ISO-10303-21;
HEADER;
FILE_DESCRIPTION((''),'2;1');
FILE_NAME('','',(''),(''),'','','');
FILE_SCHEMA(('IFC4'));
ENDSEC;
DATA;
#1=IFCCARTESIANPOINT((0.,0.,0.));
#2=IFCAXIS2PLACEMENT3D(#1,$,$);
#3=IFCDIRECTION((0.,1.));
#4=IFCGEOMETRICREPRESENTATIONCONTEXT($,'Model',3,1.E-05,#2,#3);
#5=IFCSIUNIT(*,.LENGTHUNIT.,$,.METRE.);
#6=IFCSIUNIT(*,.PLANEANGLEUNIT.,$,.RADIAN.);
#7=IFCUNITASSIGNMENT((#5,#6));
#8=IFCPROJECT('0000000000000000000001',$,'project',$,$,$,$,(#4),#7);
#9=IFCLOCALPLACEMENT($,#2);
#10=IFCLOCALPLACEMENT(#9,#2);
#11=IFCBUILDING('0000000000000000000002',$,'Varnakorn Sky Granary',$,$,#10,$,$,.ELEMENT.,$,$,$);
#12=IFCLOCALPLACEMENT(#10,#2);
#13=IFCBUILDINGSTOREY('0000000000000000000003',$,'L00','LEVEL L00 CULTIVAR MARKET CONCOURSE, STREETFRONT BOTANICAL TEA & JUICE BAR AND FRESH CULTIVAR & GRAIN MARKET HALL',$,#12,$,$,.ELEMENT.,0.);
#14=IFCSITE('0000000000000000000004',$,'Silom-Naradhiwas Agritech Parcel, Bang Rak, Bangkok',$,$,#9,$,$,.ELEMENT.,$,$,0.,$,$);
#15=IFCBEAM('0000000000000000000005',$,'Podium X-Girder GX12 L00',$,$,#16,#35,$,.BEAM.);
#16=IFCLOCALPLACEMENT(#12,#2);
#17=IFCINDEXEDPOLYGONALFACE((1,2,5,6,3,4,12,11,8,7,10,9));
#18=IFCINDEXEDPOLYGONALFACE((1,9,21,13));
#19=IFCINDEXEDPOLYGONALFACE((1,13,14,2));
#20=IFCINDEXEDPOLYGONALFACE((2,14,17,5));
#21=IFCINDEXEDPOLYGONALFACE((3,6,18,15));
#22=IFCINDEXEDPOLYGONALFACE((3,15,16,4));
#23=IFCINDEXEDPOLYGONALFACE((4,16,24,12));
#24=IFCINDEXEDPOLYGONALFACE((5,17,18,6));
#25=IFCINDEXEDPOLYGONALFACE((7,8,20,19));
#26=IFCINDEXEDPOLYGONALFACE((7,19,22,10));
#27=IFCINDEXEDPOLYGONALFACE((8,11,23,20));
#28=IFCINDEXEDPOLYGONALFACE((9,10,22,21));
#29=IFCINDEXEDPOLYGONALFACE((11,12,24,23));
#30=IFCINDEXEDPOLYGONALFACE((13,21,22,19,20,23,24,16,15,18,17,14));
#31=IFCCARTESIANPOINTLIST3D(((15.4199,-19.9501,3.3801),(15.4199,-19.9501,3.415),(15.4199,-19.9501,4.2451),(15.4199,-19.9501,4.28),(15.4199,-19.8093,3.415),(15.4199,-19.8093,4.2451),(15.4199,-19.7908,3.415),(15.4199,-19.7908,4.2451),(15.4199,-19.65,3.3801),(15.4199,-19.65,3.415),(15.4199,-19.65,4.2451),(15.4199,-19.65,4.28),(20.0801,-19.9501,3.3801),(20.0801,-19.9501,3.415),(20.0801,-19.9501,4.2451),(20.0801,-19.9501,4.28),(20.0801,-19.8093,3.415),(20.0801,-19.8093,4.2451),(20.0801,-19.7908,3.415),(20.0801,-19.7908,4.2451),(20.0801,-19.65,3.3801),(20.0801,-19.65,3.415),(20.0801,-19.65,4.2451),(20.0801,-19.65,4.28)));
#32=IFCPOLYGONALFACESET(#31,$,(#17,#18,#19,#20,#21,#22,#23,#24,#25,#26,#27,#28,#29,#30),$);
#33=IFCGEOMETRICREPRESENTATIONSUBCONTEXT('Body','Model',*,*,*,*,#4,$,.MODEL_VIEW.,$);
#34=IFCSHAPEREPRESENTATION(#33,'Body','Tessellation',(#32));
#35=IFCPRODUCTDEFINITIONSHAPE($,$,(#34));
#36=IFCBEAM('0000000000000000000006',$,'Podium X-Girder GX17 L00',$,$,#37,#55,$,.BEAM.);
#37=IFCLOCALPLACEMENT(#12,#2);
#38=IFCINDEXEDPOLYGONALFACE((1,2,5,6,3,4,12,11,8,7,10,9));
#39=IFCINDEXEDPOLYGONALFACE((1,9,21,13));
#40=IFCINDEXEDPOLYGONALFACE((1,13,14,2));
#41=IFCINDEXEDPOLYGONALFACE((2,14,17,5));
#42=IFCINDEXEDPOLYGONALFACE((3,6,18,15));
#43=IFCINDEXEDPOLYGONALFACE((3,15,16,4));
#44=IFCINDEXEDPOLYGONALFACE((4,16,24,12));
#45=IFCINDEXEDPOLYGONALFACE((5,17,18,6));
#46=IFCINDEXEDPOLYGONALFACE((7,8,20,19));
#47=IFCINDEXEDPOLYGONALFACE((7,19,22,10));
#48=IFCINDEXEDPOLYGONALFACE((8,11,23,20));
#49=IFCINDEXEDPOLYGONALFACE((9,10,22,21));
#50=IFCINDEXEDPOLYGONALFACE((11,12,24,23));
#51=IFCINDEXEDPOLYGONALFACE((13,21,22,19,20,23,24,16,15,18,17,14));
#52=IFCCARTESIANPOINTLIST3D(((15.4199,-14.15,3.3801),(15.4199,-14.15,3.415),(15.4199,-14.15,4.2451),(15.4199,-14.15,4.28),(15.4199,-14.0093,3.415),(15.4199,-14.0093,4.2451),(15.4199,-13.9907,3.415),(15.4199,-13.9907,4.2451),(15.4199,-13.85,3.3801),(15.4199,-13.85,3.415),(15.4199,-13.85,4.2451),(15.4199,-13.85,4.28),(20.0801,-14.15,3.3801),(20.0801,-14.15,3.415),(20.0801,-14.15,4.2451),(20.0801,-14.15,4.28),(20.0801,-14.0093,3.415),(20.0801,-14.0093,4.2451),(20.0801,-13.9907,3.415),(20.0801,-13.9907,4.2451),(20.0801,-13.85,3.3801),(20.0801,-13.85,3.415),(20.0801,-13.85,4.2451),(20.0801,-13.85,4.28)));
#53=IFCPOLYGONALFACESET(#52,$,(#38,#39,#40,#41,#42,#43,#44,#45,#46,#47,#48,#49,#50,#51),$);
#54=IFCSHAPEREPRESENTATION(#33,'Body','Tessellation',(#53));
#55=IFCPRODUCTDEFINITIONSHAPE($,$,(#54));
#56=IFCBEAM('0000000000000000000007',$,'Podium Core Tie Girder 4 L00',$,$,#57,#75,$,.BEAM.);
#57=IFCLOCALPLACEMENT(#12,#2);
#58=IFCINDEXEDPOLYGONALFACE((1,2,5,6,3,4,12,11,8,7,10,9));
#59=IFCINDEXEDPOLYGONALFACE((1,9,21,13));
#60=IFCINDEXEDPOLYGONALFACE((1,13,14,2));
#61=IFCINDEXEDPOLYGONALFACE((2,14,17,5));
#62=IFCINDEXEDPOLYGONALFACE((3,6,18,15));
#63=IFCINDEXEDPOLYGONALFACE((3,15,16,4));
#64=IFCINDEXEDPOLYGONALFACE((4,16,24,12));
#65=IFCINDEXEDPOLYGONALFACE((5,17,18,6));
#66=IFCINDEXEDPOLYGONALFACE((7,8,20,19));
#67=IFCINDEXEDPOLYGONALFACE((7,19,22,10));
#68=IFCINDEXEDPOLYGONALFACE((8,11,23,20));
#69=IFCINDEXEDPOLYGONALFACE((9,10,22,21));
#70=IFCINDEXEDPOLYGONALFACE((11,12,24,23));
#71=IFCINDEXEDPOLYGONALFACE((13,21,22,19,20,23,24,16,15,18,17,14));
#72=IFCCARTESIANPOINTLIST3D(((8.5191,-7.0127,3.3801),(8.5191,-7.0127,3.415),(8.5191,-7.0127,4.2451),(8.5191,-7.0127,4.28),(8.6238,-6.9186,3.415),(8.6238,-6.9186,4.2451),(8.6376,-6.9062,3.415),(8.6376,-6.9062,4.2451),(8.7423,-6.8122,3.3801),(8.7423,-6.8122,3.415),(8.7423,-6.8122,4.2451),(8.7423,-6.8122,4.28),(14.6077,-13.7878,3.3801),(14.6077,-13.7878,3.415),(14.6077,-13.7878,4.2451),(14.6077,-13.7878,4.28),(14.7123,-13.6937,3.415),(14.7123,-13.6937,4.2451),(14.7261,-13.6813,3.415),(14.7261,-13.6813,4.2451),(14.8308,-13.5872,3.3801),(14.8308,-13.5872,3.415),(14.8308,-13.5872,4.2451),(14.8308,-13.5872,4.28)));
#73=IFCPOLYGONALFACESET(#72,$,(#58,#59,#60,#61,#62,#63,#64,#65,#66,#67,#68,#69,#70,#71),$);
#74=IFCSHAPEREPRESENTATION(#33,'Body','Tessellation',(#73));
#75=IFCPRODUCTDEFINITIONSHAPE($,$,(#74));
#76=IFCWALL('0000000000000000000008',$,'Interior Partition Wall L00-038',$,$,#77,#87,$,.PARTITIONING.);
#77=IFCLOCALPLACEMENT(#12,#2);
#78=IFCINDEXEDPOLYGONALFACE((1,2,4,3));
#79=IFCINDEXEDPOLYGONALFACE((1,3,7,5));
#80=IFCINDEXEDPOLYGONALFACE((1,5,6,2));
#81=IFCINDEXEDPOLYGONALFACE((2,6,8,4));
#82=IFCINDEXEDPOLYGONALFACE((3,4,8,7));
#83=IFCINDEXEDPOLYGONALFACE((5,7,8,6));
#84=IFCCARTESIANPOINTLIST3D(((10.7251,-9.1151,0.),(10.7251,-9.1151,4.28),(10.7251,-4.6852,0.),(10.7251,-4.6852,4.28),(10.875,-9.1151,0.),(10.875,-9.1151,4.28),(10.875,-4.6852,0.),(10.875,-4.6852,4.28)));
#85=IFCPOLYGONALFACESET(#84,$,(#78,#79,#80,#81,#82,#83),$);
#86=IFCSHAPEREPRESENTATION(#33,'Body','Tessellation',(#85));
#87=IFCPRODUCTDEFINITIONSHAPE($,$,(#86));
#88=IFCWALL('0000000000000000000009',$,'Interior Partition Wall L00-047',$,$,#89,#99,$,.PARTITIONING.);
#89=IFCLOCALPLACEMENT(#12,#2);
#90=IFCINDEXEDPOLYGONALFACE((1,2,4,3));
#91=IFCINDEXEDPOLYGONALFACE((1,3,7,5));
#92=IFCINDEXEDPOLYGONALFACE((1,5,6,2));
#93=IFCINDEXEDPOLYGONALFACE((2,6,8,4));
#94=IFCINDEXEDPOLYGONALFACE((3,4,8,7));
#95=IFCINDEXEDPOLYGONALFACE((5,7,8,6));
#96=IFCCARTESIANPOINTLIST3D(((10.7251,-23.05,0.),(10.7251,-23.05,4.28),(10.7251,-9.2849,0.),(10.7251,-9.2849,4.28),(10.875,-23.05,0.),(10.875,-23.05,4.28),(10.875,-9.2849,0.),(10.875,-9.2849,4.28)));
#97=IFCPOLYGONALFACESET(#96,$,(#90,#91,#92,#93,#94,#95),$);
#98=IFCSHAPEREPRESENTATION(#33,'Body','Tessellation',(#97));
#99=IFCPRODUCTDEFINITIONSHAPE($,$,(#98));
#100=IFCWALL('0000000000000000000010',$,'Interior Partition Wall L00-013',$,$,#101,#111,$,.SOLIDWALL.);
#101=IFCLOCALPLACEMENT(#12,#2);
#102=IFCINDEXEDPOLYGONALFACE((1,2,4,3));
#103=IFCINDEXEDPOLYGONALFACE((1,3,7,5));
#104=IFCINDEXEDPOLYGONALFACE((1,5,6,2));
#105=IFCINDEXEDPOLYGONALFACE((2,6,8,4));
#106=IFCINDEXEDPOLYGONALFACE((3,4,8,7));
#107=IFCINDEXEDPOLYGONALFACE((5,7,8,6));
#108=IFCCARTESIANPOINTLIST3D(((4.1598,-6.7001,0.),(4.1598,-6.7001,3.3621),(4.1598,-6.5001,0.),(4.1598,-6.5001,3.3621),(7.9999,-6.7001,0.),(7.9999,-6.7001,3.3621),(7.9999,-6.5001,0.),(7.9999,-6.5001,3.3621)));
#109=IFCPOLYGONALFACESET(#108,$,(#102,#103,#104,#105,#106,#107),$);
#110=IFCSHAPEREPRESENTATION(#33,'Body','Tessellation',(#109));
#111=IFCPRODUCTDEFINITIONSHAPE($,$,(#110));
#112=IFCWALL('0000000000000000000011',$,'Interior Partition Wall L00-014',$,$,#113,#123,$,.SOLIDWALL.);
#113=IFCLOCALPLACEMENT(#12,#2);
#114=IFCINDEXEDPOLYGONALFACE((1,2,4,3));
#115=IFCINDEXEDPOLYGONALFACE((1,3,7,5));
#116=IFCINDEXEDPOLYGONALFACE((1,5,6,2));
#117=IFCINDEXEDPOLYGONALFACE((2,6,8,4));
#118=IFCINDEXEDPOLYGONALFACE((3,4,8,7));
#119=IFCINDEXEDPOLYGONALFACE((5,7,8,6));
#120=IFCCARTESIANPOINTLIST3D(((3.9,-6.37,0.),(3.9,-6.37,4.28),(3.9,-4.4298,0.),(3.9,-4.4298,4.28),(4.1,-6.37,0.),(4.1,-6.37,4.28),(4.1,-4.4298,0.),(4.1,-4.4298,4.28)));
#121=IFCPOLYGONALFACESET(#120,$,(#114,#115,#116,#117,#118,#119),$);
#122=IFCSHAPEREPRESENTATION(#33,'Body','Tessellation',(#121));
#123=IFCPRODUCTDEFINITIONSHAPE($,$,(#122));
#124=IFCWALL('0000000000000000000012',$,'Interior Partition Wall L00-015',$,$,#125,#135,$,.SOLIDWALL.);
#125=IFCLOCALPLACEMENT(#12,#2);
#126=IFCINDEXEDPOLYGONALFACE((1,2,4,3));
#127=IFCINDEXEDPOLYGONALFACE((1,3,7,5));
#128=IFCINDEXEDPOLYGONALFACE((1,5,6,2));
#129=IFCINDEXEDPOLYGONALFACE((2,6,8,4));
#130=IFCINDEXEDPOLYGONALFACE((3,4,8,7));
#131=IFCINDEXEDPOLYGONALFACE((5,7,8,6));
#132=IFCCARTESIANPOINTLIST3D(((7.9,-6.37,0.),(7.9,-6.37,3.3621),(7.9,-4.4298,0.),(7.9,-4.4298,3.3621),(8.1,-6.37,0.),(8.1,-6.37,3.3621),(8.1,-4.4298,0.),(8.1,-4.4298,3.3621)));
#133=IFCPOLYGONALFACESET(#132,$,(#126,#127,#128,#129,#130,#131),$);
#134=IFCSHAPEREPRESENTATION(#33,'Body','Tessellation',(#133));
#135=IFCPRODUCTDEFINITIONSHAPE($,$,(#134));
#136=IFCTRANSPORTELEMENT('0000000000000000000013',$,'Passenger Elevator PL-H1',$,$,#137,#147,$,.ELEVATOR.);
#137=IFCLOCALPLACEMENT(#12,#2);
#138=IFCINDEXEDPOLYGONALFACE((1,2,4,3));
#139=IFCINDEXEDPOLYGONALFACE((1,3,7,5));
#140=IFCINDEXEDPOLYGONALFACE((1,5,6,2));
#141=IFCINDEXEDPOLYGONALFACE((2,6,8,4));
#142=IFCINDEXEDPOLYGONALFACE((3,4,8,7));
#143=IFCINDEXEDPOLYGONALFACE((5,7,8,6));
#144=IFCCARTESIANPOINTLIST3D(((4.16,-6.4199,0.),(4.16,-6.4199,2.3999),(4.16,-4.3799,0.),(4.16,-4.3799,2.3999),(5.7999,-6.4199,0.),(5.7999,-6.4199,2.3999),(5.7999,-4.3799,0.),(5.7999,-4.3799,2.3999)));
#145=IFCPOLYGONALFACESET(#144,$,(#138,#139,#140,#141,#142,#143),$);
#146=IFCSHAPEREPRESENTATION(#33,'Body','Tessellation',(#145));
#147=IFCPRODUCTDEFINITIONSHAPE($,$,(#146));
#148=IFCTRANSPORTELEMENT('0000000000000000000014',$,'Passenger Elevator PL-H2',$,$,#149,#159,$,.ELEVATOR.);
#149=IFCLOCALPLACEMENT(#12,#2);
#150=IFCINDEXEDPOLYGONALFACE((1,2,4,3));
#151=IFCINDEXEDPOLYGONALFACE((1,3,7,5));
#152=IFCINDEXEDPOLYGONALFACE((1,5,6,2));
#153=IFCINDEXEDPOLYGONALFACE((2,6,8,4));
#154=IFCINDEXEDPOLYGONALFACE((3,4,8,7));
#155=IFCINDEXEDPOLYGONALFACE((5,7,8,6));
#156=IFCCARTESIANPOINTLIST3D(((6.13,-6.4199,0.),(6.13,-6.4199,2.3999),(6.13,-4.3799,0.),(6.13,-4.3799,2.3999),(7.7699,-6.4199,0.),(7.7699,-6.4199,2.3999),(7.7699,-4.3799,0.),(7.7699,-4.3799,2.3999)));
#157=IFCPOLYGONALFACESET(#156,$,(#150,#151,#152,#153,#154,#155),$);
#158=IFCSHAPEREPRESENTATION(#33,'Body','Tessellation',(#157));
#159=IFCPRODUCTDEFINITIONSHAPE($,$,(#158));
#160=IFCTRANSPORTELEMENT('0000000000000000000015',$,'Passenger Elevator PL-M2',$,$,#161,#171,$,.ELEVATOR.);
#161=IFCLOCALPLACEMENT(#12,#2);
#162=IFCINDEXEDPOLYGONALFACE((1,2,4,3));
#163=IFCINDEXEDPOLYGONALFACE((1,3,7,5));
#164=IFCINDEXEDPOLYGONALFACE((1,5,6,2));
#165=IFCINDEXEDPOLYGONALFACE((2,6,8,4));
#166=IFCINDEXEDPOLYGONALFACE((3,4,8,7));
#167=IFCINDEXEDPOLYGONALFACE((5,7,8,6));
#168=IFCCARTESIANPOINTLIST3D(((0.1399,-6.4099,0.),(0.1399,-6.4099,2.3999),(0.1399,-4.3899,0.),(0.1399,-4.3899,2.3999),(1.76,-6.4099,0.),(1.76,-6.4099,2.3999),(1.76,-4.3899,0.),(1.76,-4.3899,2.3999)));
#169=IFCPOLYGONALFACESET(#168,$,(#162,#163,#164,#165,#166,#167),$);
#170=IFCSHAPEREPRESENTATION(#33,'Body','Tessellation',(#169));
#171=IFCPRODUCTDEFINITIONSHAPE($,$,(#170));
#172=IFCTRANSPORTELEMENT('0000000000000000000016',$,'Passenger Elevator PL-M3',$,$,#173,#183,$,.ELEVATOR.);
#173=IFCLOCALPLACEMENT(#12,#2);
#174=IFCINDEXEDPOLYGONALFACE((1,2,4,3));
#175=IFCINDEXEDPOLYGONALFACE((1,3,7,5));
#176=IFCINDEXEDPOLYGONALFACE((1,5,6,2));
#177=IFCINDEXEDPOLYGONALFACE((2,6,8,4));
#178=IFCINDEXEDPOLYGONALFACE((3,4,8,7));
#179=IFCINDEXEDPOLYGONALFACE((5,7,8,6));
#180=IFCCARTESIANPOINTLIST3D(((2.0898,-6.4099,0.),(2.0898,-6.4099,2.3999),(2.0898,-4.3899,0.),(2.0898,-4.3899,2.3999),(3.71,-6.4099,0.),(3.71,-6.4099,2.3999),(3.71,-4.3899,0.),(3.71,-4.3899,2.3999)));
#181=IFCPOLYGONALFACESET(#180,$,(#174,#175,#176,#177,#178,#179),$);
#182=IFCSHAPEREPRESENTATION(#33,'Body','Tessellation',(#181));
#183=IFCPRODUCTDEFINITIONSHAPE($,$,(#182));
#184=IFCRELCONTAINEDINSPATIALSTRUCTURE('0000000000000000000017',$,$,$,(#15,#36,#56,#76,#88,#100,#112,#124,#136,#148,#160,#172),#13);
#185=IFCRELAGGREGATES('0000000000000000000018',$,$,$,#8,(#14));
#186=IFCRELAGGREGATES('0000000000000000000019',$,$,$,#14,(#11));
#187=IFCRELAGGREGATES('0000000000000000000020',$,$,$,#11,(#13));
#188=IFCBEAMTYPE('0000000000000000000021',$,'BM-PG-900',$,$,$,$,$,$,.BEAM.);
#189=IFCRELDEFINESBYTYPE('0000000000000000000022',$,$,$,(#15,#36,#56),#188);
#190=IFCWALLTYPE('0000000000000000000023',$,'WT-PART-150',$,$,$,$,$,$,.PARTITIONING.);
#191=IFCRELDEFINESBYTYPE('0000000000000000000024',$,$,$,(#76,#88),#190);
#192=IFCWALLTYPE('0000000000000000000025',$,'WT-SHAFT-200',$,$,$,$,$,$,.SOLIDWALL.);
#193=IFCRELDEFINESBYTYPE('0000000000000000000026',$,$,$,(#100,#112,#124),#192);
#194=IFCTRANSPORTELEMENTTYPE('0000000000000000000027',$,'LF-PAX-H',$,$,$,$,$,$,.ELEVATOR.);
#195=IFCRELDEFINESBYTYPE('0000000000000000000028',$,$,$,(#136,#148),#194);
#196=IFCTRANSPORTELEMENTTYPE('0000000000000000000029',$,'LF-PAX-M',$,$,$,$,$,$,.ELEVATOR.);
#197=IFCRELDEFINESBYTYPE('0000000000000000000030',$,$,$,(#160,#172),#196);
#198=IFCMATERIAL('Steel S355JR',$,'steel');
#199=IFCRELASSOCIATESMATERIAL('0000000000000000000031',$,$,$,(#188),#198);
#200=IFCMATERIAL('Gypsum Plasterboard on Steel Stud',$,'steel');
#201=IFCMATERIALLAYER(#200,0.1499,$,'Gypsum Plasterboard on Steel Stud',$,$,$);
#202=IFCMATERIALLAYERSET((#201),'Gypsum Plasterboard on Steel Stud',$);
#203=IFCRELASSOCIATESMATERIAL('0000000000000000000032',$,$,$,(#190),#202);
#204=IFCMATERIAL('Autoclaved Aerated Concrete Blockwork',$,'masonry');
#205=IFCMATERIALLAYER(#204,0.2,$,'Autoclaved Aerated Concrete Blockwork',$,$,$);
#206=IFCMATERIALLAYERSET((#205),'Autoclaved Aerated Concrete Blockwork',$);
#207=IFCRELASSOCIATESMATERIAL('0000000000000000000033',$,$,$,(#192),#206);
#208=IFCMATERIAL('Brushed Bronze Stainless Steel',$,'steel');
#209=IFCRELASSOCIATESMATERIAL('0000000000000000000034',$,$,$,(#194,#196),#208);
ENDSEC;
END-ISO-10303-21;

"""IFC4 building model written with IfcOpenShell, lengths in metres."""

from ifc_helpers import new_model, si_unit, direction, frame, frame_2d, origin, origin_2d, place, context, subcontext, project, spatial, rectangle, i_section, extrude, material, layer, layer_set, material_profile, profile_set, type_object, element, save


model = new_model("IFC4")

# Units and contexts
model_context = context("Model", 3, precision=1e-05, world=origin(), true_north=direction((0.0, 1.0)))
body_context = subcontext(model_context, "Body", "Model", "MODEL_VIEW")
ifc_project = project(units=[si_unit("LENGTHUNIT", "METRE"), si_unit("PLANEANGLEUNIT", "RADIAN")], contexts=[model_context])

# Site, building, storey
site_placement = place(None, origin())
site = spatial("IfcSite", under=ifc_project, at=site_placement, Name="Silom-Naradhiwas Agritech Parcel, Bang Rak, Bangkok", CompositionType="ELEMENT", RefElevation=0.0)
building_placement = place(site_placement, origin())
building = spatial("IfcBuilding", under=site, at=building_placement, Name="Varnakorn Sky Granary", CompositionType="ELEMENT")
storey_placement = place(building_placement, origin())
storey = spatial("IfcBuildingStorey", under=building, at=storey_placement, Name="L00", Description="LEVEL L00 CULTIVAR MARKET CONCOURSE, STREETFRONT BOTANICAL TEA & JUICE BAR AND FRESH CULTIVAR & GRAIN MARKET HALL", CompositionType="ELEMENT", Elevation=0.0)

# Beams
ifc_material_1 = material(Name="Steel S355JR", Category="steel")
ifc_material_profile_1 = material_profile(ifc_material_1, i_section(OverallWidth=0.3, OverallDepth=0.8999, WebThickness=0.0186, FlangeThickness=0.0349, at=origin_2d()), Name="HE 900 B")
ifc_profile_set_1 = profile_set([ifc_material_profile_1], Name="Steel S355JR")
beam_type_1 = type_object("IfcBeamType", Name="BM-PG-900", PredefinedType="BEAM", material=ifc_profile_set_1)
for number, where, z_axis, x_axis, name in (
    (1, (15.4199, -19.8, 3.8301), (1.0, 0.0, 0.0), (0.0, 1.0, 0.0), "Podium X-Girder GX12 L00"),
    (2, (15.4199, -14.0, 3.8301), (1.0, 0.0, 0.0), (0.0, 1.0, 0.0), "Podium X-Girder GX17 L00"),
):
    element("IfcBeam", number, at=place(storey_placement, frame(where, z_axis=z_axis, x_axis=x_axis)), inside=storey, type_object=beam_type_1, Name=name, PredefinedType="BEAM", context=body_context, shape_type="SweptSolid", body=[
        extrude(i_section(OverallWidth=0.3, OverallDepth=0.8999, WebThickness=0.0186, FlangeThickness=0.0349, at=origin_2d()), origin(), (0.0, 0.0, 1.0), 4.6602),
    ])
beam_1_placement = place(storey_placement, frame((14.7192, -13.6875, 3.8301), z_axis=(-0.668418, 0.743786, 0.0), x_axis=(-0.743786, -0.668418, 0.0)))
element("IfcBeam", 3, at=beam_1_placement, inside=storey, type_object=beam_type_1, Name="Podium Core Tie Girder 4 L00", PredefinedType="BEAM", context=body_context, shape_type="SweptSolid", body=[
    extrude(i_section(OverallWidth=0.3, OverallDepth=0.8999, WebThickness=0.0186, FlangeThickness=0.0349, at=origin_2d()), origin(), (0.0, 0.0, 1.0), 9.1089),
])

# Walls
ifc_material_2 = material(Name="Gypsum Plasterboard on Steel Stud", Category="steel")
ifc_layer_1 = layer(ifc_material_2, 0.1499, Name="Gypsum Plasterboard on Steel Stud")
ifc_layer_set_1 = layer_set([ifc_layer_1], Name="Gypsum Plasterboard on Steel Stud")
wall_type_1 = type_object("IfcWallType", Name="WT-PART-150", PredefinedType="PARTITIONING", material=ifc_layer_set_1)
wall_1_placement = place(storey_placement, frame((10.8, -9.115, 0.0), z_axis=(0.0, 0.0, 1.0), x_axis=(0.0, 1.0, 0.0)))
element("IfcWall", 4, at=wall_1_placement, inside=storey, type_object=wall_type_1, Name="Interior Partition Wall L00-038", PredefinedType="PARTITIONING", context=body_context, shape_type="SweptSolid", body=[
    extrude(rectangle(XDim=4.4299, YDim=0.1499, at=frame_2d((2.2148, 0.0))), origin(), (0.0, 0.0, 1.0), 4.28),
])
wall_2_placement = place(storey_placement, frame((10.8, -23.05, 0.0), z_axis=(0.0, 0.0, 1.0), x_axis=(0.0, 1.0, 0.0)))
element("IfcWall", 5, at=wall_2_placement, inside=storey, type_object=wall_type_1, Name="Interior Partition Wall L00-047", PredefinedType="PARTITIONING", context=body_context, shape_type="SweptSolid", body=[
    extrude(rectangle(XDim=13.7651, YDim=0.1499, at=frame_2d((6.8826, 0.0))), origin(), (0.0, 0.0, 1.0), 4.28),
])
ifc_material_3 = material(Name="Autoclaved Aerated Concrete Blockwork", Category="masonry")
ifc_layer_2 = layer(ifc_material_3, 0.2, Name="Autoclaved Aerated Concrete Blockwork")
ifc_layer_set_2 = layer_set([ifc_layer_2], Name="Autoclaved Aerated Concrete Blockwork")
wall_type_2 = type_object("IfcWallType", Name="WT-SHAFT-200", PredefinedType="SOLIDWALL", material=ifc_layer_set_2)
wall_3_placement = place(storey_placement, frame((4.1599, -6.6001, 0.0), z_axis=(0.0, 0.0, 1.0), x_axis=(1.0, 0.0, 0.0)))
element("IfcWall", 6, at=wall_3_placement, inside=storey, type_object=wall_type_2, Name="Interior Partition Wall L00-013", PredefinedType="SOLIDWALL", context=body_context, shape_type="SweptSolid", body=[
    extrude(rectangle(XDim=3.8401, YDim=0.2, at=frame_2d((1.9199, 0.0))), origin(), (0.0, 0.0, 1.0), 3.3621),
])
wall_4_placement = place(storey_placement, frame((4.0, -6.3701, 0.0), z_axis=(0.0, 0.0, 1.0), x_axis=(0.0, 1.0, 0.0)))
element("IfcWall", 7, at=wall_4_placement, inside=storey, type_object=wall_type_2, Name="Interior Partition Wall L00-014", PredefinedType="SOLIDWALL", context=body_context, shape_type="SweptSolid", body=[
    extrude(rectangle(XDim=1.9402, YDim=0.2, at=frame_2d((0.9702, 0.0))), origin(), (0.0, 0.0, 1.0), 4.28),
])
wall_5_placement = place(storey_placement, frame((8.0, -6.3701, 0.0), z_axis=(0.0, 0.0, 1.0), x_axis=(0.0, 1.0, 0.0)))
element("IfcWall", 8, at=wall_5_placement, inside=storey, type_object=wall_type_2, Name="Interior Partition Wall L00-015", PredefinedType="SOLIDWALL", context=body_context, shape_type="SweptSolid", body=[
    extrude(rectangle(XDim=1.9402, YDim=0.2, at=frame_2d((0.9702, 0.0))), origin(), (0.0, 0.0, 1.0), 3.3621),
])

# Transport elements
ifc_material_4 = material(Name="Brushed Bronze Stainless Steel", Category="steel")
transport_element_type_1 = type_object("IfcTransportElementType", Name="LF-PAX-H", PredefinedType="ELEVATOR", material=ifc_material_4)
for number, where, z_axis, x_axis, name in (
    (9, (4.98, -5.3999, 0.0), (0.0, 0.0, 1.0), (1.0, 0.0, 0.0), "Passenger Elevator PL-H1"),
    (10, (6.95, -5.3999, 0.0), (0.0, 0.0, 1.0), (1.0, 0.0, 0.0), "Passenger Elevator PL-H2"),
):
    element("IfcTransportElement", number, at=place(storey_placement, frame(where, z_axis=z_axis, x_axis=x_axis)), inside=storey, type_object=transport_element_type_1, Name=name, PredefinedType="ELEVATOR", context=body_context, shape_type="SweptSolid", body=[
        extrude(rectangle(XDim=1.6399, YDim=2.04, at=origin_2d()), origin(), (0.0, 0.0, 1.0), 2.3999),
    ])
transport_element_type_2 = type_object("IfcTransportElementType", Name="LF-PAX-M", PredefinedType="ELEVATOR", material=ifc_material_4)
for number, where, z_axis, x_axis, name in (
    (11, (0.95, -5.3999, 0.0), (0.0, 0.0, 1.0), (1.0, 0.0, 0.0), "Passenger Elevator PL-M2"),
    (12, (2.8999, -5.3999, 0.0), (0.0, 0.0, 1.0), (1.0, 0.0, 0.0), "Passenger Elevator PL-M3"),
):
    element("IfcTransportElement", number, at=place(storey_placement, frame(where, z_axis=z_axis, x_axis=x_axis)), inside=storey, type_object=transport_element_type_2, Name=name, PredefinedType="ELEVATOR", context=body_context, shape_type="SweptSolid", body=[
        extrude(rectangle(XDim=1.6201, YDim=2.02, at=origin_2d()), origin(), (0.0, 0.0, 1.0), 2.3999),
    ])

save(model, "model.ifc")
